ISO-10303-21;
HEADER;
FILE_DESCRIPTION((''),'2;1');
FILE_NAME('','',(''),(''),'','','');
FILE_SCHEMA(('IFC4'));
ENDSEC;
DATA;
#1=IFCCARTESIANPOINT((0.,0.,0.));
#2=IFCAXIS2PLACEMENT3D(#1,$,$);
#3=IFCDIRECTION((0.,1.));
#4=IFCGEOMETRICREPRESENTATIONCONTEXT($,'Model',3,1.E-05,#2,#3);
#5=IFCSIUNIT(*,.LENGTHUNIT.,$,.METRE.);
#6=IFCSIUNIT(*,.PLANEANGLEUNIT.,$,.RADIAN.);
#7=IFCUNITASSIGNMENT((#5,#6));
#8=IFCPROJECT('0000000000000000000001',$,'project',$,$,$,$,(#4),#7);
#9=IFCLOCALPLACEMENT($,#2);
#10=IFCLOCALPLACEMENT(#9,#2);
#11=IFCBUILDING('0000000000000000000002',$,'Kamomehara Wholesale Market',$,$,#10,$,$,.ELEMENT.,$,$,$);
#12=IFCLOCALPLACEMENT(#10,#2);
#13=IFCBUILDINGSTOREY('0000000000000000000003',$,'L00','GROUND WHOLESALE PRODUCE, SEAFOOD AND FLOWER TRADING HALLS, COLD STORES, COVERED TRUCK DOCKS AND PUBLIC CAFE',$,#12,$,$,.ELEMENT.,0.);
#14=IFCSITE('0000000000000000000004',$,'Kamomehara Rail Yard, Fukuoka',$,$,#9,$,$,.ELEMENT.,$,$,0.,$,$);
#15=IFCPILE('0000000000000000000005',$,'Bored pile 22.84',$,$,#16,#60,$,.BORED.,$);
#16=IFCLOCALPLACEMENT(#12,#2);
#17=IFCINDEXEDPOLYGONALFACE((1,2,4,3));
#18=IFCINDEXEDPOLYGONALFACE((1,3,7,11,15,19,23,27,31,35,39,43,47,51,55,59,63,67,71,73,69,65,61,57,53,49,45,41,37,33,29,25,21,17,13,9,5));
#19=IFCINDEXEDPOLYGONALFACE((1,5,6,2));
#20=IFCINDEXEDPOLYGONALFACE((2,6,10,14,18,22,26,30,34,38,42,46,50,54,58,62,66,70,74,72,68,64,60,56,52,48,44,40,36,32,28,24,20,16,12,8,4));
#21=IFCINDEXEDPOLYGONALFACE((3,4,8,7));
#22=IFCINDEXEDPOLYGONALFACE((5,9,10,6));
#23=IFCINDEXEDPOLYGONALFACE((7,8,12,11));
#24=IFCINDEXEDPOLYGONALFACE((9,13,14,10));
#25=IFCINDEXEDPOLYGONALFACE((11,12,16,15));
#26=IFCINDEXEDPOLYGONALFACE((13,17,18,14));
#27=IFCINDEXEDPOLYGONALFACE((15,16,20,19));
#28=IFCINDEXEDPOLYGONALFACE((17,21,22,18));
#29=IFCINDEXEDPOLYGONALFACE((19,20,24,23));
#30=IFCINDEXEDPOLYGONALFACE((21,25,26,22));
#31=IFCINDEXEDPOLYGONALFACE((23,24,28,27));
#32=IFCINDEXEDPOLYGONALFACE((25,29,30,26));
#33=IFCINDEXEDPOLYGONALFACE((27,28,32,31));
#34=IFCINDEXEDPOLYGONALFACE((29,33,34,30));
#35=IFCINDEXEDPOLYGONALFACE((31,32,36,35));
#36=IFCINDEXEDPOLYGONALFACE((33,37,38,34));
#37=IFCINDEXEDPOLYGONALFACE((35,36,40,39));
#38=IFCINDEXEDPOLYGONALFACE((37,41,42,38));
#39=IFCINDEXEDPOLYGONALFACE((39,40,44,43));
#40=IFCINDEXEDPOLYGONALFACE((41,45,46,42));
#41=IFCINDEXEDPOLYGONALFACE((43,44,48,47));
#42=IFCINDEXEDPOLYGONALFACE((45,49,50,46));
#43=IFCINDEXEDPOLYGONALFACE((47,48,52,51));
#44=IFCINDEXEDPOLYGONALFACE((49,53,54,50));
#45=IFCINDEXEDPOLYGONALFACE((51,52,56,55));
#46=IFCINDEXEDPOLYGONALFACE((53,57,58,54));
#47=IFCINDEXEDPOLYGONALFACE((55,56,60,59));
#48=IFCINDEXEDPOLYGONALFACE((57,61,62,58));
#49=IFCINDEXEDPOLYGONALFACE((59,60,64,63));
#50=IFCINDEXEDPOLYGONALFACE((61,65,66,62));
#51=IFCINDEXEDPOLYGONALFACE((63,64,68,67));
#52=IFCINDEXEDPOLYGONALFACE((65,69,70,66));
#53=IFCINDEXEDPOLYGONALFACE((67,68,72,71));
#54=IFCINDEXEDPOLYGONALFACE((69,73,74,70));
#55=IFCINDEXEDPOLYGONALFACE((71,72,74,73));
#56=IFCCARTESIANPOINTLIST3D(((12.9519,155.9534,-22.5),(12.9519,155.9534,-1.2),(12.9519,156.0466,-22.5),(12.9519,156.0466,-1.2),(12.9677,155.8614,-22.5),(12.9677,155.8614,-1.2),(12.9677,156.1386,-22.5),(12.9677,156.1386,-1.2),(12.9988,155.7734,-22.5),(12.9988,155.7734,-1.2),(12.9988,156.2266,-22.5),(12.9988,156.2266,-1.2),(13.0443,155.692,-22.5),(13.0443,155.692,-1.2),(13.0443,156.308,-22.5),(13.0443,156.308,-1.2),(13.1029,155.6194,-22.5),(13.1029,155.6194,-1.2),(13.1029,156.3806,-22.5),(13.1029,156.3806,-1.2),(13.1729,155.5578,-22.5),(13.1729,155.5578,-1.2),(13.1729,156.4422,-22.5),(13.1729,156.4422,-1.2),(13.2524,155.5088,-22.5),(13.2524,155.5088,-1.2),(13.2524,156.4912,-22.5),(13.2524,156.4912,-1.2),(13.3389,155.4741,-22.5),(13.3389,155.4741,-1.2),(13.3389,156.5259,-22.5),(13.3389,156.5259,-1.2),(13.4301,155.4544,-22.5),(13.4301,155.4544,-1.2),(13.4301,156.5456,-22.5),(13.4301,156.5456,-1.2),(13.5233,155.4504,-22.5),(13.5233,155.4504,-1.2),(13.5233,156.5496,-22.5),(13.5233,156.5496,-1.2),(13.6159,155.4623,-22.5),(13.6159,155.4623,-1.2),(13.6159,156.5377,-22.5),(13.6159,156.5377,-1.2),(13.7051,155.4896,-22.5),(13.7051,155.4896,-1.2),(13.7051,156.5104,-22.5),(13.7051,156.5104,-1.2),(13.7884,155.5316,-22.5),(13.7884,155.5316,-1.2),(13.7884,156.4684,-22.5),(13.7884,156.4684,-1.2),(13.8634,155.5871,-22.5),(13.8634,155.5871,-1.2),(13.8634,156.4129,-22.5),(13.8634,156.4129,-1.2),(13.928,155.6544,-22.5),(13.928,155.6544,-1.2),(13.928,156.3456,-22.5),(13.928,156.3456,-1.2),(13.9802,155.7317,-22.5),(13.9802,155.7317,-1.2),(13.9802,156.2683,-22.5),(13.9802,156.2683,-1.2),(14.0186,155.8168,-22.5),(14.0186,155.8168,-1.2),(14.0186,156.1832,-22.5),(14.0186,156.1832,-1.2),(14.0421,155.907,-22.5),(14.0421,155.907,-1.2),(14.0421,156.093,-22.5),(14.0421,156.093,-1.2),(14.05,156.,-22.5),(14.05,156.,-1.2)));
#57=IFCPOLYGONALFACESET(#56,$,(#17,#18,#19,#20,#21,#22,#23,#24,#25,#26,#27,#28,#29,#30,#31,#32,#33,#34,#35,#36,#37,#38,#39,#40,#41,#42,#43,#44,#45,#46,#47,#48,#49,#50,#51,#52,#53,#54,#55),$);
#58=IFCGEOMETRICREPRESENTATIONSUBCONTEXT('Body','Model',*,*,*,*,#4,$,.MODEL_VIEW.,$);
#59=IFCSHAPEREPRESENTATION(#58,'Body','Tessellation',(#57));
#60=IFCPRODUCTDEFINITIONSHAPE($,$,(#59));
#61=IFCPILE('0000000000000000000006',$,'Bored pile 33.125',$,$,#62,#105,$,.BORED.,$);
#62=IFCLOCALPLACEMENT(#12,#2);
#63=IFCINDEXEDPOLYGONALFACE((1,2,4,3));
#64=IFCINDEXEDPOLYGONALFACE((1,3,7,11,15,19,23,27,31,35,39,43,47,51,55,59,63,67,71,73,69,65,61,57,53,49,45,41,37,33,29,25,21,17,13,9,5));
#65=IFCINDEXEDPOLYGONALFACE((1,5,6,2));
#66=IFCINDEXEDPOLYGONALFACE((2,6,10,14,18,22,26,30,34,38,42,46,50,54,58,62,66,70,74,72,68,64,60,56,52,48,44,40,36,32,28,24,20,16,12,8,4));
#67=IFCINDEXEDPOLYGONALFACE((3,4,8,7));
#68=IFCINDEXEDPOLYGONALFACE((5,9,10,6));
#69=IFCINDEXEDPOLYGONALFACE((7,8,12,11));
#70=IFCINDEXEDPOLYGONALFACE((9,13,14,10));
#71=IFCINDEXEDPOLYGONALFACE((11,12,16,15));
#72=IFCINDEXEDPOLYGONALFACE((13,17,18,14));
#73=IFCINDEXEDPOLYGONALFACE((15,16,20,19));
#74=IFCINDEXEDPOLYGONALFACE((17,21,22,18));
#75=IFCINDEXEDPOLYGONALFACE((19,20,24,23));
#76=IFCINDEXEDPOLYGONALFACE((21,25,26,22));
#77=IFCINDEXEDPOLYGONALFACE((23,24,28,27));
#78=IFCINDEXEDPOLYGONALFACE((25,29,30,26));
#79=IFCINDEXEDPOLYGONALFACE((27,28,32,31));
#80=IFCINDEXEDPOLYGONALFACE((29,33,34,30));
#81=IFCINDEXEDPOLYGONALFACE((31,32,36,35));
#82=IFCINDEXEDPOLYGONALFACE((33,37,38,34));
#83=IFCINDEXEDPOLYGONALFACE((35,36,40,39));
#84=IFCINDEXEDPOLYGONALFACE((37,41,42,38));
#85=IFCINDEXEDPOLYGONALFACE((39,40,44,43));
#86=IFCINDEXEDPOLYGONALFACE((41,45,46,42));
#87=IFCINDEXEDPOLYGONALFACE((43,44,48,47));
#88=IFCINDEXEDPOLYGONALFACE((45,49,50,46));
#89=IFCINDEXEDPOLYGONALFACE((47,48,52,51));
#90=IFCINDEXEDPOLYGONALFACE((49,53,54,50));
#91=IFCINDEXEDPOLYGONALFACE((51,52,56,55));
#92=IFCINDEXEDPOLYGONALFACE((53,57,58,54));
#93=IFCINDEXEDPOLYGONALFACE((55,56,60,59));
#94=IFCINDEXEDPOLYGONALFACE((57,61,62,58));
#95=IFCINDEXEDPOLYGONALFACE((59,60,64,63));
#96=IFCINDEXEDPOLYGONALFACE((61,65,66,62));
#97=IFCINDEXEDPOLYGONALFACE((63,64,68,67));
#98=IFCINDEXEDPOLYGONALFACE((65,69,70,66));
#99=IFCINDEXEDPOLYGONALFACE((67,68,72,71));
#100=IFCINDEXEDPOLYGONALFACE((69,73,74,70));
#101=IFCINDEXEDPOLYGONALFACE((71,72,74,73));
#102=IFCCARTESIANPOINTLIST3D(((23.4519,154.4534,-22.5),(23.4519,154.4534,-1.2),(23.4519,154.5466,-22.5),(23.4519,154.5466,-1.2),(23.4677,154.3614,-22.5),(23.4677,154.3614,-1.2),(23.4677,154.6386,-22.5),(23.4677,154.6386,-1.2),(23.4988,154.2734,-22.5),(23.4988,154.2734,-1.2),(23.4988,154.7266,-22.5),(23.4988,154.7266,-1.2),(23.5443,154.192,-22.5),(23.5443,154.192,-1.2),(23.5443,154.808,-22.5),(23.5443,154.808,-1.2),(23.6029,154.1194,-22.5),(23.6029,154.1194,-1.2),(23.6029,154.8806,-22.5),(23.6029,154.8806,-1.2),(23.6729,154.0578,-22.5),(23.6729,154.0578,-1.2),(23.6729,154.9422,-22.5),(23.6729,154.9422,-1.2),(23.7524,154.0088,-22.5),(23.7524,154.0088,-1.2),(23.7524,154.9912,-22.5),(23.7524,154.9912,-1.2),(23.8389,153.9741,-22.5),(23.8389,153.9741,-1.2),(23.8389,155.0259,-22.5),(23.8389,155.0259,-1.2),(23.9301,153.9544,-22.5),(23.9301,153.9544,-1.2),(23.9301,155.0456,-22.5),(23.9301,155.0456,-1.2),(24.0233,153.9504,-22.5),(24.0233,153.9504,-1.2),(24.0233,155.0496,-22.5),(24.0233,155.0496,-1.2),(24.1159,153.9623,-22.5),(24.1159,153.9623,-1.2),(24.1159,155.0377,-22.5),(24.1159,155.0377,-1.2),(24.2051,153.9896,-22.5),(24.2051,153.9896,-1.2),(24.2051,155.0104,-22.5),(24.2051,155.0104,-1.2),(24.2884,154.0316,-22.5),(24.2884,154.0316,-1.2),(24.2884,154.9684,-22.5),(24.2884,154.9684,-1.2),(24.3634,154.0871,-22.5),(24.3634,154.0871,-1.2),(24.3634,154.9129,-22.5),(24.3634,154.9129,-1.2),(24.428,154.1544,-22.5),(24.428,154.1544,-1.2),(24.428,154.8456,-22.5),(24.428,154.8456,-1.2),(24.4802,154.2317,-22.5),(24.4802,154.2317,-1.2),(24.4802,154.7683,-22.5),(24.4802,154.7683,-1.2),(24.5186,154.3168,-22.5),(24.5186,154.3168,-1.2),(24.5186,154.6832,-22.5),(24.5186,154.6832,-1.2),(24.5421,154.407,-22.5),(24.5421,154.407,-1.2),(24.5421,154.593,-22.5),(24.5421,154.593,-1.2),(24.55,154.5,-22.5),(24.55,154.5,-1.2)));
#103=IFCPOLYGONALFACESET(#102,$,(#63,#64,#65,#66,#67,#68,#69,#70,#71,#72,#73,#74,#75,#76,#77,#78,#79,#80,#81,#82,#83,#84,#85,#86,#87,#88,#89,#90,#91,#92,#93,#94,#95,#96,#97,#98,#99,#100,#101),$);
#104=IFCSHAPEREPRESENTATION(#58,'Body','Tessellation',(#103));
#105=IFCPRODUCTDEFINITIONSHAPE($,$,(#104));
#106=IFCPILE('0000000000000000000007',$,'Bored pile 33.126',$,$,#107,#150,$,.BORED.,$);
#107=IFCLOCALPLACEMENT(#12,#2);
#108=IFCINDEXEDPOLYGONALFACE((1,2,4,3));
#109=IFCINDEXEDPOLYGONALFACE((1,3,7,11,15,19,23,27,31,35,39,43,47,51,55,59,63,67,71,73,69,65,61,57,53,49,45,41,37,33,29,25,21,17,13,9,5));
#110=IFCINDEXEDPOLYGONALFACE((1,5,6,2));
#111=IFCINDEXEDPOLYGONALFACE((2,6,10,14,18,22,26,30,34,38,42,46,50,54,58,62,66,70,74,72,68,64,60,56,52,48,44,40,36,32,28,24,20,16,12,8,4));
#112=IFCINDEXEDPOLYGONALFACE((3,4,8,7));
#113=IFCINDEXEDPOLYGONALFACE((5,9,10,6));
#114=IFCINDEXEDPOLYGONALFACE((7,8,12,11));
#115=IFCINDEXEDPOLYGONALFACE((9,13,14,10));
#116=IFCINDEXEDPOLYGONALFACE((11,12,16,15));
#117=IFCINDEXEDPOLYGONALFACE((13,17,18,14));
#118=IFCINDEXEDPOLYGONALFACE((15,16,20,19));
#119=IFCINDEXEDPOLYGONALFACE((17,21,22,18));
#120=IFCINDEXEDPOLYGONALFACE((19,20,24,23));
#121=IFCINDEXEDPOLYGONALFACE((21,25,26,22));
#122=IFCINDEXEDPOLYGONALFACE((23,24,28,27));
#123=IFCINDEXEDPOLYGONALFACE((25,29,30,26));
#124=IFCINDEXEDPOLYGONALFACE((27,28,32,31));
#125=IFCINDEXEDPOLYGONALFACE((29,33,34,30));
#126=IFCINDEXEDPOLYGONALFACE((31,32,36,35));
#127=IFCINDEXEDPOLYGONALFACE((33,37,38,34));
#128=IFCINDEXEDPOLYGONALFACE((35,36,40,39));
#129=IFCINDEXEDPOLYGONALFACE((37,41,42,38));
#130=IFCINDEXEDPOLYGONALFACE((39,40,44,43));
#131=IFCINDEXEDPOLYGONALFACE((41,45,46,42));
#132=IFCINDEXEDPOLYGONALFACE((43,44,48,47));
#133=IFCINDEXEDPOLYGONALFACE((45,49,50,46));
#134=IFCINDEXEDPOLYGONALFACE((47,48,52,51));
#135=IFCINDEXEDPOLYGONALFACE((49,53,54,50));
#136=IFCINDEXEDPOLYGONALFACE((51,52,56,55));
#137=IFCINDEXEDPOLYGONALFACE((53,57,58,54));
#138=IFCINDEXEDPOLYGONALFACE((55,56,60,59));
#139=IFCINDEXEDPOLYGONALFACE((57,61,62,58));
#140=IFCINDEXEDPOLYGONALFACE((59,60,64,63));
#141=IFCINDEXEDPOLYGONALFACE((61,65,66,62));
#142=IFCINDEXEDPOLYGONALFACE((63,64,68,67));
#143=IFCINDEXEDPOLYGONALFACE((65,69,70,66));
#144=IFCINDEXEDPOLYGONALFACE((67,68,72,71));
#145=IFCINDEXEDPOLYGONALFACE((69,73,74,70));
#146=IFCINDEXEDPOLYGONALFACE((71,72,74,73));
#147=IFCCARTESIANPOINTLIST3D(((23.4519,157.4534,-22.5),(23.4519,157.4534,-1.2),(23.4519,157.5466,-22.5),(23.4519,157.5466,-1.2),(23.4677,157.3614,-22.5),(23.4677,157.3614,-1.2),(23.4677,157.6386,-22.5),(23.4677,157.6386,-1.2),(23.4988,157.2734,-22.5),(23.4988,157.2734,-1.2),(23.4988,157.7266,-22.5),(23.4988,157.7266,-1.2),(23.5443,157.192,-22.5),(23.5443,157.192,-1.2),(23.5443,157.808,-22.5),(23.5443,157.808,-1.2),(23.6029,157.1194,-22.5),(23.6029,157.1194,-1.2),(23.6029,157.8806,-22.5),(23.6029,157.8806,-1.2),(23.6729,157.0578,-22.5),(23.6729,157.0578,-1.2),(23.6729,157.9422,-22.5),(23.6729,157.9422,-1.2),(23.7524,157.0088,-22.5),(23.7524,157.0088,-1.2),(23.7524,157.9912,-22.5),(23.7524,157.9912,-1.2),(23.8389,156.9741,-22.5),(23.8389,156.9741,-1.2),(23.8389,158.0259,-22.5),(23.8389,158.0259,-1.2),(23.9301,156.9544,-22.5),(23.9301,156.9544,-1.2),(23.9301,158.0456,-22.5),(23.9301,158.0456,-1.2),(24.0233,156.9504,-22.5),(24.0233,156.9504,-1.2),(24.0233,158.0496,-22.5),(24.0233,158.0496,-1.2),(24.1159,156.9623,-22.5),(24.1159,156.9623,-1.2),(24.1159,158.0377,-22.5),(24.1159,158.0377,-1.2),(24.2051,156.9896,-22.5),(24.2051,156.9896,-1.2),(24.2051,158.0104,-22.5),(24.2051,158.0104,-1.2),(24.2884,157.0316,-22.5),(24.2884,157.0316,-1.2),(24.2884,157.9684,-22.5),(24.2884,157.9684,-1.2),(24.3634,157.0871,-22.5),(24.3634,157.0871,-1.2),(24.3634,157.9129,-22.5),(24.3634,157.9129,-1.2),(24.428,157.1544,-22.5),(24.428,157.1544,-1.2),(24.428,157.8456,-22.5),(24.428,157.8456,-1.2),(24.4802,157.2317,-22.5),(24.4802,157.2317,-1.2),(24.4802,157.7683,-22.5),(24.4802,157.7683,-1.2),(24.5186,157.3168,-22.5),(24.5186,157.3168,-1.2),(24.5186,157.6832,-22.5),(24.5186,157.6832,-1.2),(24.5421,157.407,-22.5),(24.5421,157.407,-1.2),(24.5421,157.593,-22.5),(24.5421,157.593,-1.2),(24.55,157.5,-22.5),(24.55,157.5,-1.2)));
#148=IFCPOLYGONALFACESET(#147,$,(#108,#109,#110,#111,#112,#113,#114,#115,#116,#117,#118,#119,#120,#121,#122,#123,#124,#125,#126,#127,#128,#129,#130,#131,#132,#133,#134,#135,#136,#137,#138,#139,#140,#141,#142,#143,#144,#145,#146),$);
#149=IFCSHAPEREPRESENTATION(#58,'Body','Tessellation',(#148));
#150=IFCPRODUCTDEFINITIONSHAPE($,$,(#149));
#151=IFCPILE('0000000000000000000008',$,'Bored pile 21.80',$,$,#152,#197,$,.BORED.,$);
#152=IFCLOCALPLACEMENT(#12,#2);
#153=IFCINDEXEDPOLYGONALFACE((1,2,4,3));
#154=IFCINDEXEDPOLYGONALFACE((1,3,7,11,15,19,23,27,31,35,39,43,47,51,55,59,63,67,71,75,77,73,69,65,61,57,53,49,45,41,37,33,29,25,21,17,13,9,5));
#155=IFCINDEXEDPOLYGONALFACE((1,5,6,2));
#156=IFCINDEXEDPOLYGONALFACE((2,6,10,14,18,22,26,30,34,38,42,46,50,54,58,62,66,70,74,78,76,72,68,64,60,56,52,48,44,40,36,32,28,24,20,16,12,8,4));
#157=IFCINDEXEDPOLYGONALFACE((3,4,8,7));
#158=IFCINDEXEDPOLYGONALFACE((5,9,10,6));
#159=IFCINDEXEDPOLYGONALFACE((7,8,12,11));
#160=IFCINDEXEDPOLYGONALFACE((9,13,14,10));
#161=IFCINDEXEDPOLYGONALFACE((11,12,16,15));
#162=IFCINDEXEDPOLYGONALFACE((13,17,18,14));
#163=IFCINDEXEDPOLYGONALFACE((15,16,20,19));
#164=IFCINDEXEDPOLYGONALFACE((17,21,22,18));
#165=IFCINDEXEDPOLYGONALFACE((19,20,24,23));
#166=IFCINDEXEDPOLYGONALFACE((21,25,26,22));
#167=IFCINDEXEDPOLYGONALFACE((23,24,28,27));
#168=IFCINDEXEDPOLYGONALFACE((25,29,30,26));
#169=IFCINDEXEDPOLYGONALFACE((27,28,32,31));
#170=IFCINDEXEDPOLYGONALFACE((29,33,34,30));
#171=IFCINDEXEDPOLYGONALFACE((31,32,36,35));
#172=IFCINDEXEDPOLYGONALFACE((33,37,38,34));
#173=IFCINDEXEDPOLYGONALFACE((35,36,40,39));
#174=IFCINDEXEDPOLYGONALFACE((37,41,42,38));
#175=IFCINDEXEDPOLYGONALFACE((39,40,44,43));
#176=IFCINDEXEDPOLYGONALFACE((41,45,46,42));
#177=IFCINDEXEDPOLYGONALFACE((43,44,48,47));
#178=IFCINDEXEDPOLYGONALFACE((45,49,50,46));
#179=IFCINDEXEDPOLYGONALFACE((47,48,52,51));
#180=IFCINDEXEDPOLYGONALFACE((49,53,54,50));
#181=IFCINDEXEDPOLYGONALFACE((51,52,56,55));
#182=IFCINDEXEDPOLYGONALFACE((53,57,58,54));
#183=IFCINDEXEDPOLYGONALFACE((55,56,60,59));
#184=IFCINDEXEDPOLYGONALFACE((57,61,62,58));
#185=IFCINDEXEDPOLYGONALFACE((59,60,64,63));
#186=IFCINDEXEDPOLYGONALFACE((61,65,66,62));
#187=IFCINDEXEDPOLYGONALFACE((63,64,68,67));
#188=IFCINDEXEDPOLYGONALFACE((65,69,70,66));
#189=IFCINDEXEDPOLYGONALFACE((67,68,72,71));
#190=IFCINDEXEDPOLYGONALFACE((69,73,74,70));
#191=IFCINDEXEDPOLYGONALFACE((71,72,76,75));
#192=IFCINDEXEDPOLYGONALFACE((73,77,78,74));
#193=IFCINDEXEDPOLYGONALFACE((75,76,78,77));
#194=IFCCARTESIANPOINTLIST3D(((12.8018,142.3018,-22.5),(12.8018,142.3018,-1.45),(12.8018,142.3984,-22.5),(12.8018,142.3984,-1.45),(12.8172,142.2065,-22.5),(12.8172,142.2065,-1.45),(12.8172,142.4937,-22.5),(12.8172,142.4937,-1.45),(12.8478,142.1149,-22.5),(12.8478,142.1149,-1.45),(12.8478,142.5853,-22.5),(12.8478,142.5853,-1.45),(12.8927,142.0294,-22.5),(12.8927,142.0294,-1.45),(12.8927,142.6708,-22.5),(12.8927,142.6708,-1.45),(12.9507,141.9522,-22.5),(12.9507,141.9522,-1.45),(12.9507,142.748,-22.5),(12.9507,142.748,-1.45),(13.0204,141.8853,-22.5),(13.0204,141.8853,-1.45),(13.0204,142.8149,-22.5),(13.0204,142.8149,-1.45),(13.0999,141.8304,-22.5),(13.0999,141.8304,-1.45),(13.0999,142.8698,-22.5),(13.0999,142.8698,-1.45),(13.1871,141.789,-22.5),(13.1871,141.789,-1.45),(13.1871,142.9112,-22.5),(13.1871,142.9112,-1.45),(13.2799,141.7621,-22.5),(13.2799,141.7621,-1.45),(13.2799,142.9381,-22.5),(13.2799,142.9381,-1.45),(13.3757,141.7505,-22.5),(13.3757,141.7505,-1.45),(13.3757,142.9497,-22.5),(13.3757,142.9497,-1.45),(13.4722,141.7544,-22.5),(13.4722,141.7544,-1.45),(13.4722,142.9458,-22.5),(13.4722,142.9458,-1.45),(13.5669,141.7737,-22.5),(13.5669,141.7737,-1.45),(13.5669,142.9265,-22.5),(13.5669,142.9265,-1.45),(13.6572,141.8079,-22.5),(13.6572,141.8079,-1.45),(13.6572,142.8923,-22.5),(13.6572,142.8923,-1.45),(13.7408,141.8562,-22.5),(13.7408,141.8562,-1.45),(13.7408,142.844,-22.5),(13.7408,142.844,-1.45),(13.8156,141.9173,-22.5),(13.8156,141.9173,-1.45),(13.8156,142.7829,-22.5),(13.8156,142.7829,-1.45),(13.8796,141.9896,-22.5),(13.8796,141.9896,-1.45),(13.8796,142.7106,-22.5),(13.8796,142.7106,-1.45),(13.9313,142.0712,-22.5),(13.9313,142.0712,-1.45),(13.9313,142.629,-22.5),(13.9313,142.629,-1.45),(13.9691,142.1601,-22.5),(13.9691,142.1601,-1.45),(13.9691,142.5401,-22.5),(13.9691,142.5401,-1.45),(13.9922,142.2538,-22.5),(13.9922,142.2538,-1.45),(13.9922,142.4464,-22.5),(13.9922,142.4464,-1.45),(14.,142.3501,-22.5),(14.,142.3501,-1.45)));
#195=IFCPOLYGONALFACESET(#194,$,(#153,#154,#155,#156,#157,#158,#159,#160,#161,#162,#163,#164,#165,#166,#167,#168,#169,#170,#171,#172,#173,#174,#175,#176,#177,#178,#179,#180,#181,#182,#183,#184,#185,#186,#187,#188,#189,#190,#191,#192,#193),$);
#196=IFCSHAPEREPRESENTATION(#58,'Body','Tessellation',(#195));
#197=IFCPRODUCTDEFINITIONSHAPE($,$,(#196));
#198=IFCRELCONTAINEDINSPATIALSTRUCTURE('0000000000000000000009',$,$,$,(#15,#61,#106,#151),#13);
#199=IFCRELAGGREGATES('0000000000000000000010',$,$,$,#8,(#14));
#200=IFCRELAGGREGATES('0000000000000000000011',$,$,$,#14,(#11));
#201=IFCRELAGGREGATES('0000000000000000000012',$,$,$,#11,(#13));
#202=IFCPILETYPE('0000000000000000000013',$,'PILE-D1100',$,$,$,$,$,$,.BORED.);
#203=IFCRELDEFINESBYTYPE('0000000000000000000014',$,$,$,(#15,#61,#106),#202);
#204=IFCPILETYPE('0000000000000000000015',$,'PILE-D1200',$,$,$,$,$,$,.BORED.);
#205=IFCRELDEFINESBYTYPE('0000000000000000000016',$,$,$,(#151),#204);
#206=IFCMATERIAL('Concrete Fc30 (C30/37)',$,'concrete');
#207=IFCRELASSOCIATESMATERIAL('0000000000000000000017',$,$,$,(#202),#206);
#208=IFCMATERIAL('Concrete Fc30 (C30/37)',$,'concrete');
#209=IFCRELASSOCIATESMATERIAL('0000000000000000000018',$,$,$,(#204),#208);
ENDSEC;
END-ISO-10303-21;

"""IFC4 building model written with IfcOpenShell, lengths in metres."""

from ifc_helpers import new_model, si_unit, direction, frame, origin, origin_2d, place, context, subcontext, project, spatial, circle, extrude, material, material_profile, profile_set, type_object, element, save


model = new_model("IFC4")

# Units and contexts
model_context = context("Model", 3, precision=1e-05, world=origin(), true_north=direction((0.0, 1.0)))
body_context = subcontext(model_context, "Body", "Model", "MODEL_VIEW")
ifc_project = project(units=[si_unit("LENGTHUNIT", "METRE"), si_unit("PLANEANGLEUNIT", "RADIAN")], contexts=[model_context])

# Site, building, storey
site_placement = place(None, origin())
site = spatial("IfcSite", under=ifc_project, at=site_placement, Name="Kamomehara Rail Yard, Fukuoka", CompositionType="ELEMENT", RefElevation=0.0)
building_placement = place(site_placement, origin())
building = spatial("IfcBuilding", under=site, at=building_placement, Name="Kamomehara Wholesale Market", CompositionType="ELEMENT")
storey_placement = place(building_placement, origin())
storey = spatial("IfcBuildingStorey", under=building, at=storey_placement, Name="L00", Description="GROUND WHOLESALE PRODUCE, SEAFOOD AND FLOWER TRADING HALLS, COLD STORES, COVERED TRUCK DOCKS AND PUBLIC CAFE", CompositionType="ELEMENT", Elevation=0.0)

# Piles
ifc_material_1 = material(Name="Concrete Fc30 (C30/37)", Category="concrete")
ifc_material_profile_1 = material_profile(ifc_material_1, circle(Radius=0.55, at=origin_2d()), Name="RC-PILE-D1100")
ifc_profile_set_1 = profile_set([ifc_material_profile_1], Name="Concrete Fc30 (C30/37)")
pile_type_1 = type_object("IfcPileType", Name="PILE-D1100", PredefinedType="BORED", material=ifc_profile_set_1)
for number, where, z_axis, x_axis, name in (
    (1, (13.5, 156.0, -1.2), (0.0, 0.0, -1.0), (1.0, 0.0, 0.0), "Bored pile 22.84"),
    (2, (24.0, 154.5, -1.2), (0.0, 0.0, -1.0), (1.0, 0.0, 0.0), "Bored pile 33.125"),
    (3, (24.0, 157.5, -1.2), (0.0, 0.0, -1.0), (1.0, 0.0, 0.0), "Bored pile 33.126"),
):
    element("IfcPile", number, at=place(storey_placement, frame(where, z_axis=z_axis, x_axis=x_axis)), inside=storey, type_object=pile_type_1, Name=name, PredefinedType="BORED", context=body_context, shape_type="SweptSolid", body=[
        extrude(circle(Radius=0.55, at=origin_2d()), origin(), (0.0, 0.0, 1.0), 21.3),
    ])
ifc_material_2 = material(Name="Concrete Fc30 (C30/37)", Category="concrete")
ifc_material_profile_2 = material_profile(ifc_material_2, circle(Radius=0.6001, at=origin_2d()), Name="RC-PILE-D1200")
ifc_profile_set_2 = profile_set([ifc_material_profile_2], Name="Concrete Fc30 (C30/37)")
pile_type_2 = type_object("IfcPileType", Name="PILE-D1200", PredefinedType="BORED", material=ifc_profile_set_2)
for number, where, z_axis, x_axis, name in (
    (4, (13.3999, 142.3501, -1.45), (0.0, 0.0, -1.0), (1.0, 0.0, 0.0), "Bored pile 21.80"),
):
    element("IfcPile", number, at=place(storey_placement, frame(where, z_axis=z_axis, x_axis=x_axis)), inside=storey, type_object=pile_type_2, Name=name, PredefinedType="BORED", context=body_context, shape_type="SweptSolid", body=[
        extrude(circle(Radius=0.6001, at=origin_2d()), origin(), (0.0, 0.0, 1.0), 21.05),
    ])

save(model, "model.ifc")
